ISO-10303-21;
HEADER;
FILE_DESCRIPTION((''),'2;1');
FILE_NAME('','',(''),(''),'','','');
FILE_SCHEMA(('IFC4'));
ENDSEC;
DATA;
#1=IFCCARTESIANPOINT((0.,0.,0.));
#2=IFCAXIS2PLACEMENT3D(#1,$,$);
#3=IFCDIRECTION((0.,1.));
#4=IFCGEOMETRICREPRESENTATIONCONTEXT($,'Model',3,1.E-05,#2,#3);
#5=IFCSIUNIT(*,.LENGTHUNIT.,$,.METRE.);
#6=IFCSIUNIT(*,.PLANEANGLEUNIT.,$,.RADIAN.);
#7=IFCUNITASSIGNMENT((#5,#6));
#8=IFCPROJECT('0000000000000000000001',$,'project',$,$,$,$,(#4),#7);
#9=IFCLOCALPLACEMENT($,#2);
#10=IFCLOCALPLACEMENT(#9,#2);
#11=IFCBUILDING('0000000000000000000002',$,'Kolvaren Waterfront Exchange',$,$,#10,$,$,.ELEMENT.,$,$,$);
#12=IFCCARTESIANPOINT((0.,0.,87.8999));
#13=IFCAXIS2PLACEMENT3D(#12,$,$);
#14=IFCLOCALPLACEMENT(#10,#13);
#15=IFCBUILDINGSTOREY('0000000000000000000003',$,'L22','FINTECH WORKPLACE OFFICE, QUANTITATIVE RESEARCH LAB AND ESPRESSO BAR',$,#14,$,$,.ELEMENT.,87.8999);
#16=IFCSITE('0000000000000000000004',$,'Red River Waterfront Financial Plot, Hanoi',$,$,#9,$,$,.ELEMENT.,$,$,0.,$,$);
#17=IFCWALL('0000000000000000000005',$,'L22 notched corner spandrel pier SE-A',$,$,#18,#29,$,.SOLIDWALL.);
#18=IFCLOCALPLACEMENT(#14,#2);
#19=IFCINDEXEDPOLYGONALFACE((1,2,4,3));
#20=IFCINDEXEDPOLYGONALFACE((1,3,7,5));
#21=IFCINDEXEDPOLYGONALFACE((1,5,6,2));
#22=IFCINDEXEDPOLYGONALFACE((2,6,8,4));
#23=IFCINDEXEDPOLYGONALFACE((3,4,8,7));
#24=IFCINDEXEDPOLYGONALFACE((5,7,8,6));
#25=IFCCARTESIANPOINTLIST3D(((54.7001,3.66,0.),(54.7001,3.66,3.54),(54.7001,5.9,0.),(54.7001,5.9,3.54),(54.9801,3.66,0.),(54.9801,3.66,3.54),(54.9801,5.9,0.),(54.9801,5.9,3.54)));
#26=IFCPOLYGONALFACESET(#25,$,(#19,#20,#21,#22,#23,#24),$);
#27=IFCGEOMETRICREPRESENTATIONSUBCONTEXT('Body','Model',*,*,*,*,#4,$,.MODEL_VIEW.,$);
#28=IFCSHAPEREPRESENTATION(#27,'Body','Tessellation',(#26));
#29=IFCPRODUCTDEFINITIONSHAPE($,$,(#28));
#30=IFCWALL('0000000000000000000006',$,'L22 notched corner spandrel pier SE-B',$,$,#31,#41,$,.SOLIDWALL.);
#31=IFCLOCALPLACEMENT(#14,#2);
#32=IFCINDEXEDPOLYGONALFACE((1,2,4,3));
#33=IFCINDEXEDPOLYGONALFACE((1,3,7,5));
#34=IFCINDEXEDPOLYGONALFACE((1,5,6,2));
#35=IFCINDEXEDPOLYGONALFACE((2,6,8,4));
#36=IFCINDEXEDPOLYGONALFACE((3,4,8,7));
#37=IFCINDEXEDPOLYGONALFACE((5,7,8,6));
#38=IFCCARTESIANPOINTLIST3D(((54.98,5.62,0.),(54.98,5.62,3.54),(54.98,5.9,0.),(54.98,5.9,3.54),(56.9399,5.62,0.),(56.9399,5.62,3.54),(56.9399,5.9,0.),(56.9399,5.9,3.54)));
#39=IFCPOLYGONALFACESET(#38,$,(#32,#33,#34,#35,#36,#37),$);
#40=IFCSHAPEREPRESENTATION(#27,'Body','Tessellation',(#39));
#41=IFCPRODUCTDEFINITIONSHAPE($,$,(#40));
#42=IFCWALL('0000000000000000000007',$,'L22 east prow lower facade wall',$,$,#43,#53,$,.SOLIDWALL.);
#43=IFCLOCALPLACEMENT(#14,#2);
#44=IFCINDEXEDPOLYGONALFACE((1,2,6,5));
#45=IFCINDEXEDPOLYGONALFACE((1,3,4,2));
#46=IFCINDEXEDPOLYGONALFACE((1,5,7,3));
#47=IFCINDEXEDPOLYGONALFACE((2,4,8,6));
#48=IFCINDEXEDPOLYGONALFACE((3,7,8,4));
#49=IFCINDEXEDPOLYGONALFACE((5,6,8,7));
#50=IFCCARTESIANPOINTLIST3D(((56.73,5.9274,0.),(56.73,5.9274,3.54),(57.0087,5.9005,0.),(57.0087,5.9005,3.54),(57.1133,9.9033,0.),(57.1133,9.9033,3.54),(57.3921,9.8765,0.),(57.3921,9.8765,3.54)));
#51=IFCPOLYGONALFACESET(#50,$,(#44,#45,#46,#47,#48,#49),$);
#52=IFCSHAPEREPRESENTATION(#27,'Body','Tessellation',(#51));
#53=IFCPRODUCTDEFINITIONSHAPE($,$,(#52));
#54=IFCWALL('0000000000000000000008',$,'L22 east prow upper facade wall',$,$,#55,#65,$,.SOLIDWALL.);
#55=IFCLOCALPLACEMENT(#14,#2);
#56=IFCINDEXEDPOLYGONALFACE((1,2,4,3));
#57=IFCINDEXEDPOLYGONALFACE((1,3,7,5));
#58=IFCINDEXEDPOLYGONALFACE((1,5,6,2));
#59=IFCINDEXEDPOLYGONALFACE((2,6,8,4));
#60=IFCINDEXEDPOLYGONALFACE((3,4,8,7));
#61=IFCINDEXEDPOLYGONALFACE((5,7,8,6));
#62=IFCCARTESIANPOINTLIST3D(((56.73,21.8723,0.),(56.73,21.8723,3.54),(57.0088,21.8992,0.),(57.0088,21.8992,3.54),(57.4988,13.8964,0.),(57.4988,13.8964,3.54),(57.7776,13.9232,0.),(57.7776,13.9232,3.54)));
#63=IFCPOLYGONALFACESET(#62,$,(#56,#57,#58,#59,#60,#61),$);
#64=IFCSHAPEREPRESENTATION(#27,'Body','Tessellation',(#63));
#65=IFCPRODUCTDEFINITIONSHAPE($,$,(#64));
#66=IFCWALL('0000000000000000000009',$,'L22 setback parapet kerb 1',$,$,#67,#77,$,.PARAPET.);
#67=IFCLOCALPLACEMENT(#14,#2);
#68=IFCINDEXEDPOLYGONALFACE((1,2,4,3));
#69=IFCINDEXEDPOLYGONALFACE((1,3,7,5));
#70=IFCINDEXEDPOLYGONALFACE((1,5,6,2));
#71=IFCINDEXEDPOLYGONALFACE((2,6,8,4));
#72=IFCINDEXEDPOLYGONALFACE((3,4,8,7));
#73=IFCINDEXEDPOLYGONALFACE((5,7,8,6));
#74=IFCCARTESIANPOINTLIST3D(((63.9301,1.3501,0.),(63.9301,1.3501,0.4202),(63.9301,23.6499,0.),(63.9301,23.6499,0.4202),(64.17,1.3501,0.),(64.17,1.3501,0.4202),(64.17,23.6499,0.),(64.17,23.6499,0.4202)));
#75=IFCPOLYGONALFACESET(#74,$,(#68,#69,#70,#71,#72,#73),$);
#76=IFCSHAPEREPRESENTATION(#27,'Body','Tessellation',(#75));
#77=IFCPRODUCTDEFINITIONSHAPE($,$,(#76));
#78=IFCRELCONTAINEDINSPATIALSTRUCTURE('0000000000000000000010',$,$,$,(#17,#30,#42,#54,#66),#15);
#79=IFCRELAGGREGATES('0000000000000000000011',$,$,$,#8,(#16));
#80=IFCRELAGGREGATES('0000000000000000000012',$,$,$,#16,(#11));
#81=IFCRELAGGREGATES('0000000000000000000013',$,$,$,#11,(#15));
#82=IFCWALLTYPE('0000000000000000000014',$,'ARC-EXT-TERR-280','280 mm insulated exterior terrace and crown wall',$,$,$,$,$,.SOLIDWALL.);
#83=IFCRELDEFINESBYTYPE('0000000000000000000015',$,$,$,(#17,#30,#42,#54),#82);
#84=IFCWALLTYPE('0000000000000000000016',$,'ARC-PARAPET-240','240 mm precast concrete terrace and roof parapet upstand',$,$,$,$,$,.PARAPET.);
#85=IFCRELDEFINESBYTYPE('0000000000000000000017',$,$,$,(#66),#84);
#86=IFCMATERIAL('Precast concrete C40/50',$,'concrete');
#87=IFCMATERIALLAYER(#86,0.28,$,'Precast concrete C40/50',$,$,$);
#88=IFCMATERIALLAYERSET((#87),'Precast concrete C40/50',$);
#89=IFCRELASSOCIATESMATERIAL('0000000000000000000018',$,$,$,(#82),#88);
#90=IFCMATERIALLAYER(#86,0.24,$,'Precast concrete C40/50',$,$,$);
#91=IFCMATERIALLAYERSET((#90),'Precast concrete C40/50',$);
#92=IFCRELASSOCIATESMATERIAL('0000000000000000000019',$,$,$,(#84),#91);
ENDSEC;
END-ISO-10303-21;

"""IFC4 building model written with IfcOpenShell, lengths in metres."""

from ifc_helpers import new_model, si_unit, direction, frame, frame_2d, origin, place, context, subcontext, project, spatial, rectangle, extrude, material, layer, layer_set, type_object, element, save


model = new_model("IFC4")

# Units and contexts
model_context = context("Model", 3, precision=1e-05, world=origin(), true_north=direction((0.0, 1.0)))
body_context = subcontext(model_context, "Body", "Model", "MODEL_VIEW")
ifc_project = project(units=[si_unit("LENGTHUNIT", "METRE"), si_unit("PLANEANGLEUNIT", "RADIAN")], contexts=[model_context])

# Site, building, storey
site_placement = place(None, origin())
site = spatial("IfcSite", under=ifc_project, at=site_placement, Name="Red River Waterfront Financial Plot, Hanoi", CompositionType="ELEMENT", RefElevation=0.0)
building_placement = place(site_placement, origin())
building = spatial("IfcBuilding", under=site, at=building_placement, Name="Kolvaren Waterfront Exchange", CompositionType="ELEMENT")
storey_placement = place(building_placement, frame((0.0, 0.0, 87.8999)))
storey = spatial("IfcBuildingStorey", under=building, at=storey_placement, Name="L22", Description="FINTECH WORKPLACE OFFICE, QUANTITATIVE RESEARCH LAB AND ESPRESSO BAR", CompositionType="ELEMENT", Elevation=87.8999)

# Shared definitions
ifc_material_1 = material(Name="Precast concrete C40/50", Category="concrete")
ifc_layer_1 = layer(ifc_material_1, 0.28, Name="Precast concrete C40/50")
ifc_layer_set_1 = layer_set([ifc_layer_1], Name="Precast concrete C40/50")
wall_type_1 = type_object("IfcWallType", Name="ARC-EXT-TERR-280", Description="280 mm insulated exterior terrace and crown wall", PredefinedType="SOLIDWALL", material=ifc_layer_set_1)

# Walls
wall_1_placement = place(storey_placement, frame((54.8401, 3.6599, 0.0), z_axis=(0.0, 0.0, 1.0), x_axis=(0.0, 1.0, 0.0)))
element("IfcWall", 1, at=wall_1_placement, inside=storey, type_object=wall_type_1, Name="L22 notched corner spandrel pier SE-A", PredefinedType="SOLIDWALL", context=body_context, shape_type="SweptSolid", body=[
    extrude(rectangle(XDim=2.24, YDim=0.28, at=frame_2d((1.1201, 0.0))), origin(), (0.0, 0.0, 1.0), 3.54),
])
wall_2_placement = place(storey_placement, frame((54.98, 5.76, 0.0), z_axis=(0.0, 0.0, 1.0), x_axis=(1.0, 0.0, 0.0)))
element("IfcWall", 2, at=wall_2_placement, inside=storey, type_object=wall_type_1, Name="L22 notched corner spandrel pier SE-B", PredefinedType="SOLIDWALL", context=body_context, shape_type="SweptSolid", body=[
    extrude(rectangle(XDim=1.96, YDim=0.28, at=frame_2d((0.98, 0.0))), origin(), (0.0, 0.0, 1.0), 3.54),
])
wall_3_placement = place(storey_placement, frame((56.8694, 5.9141, 0.0), z_axis=(0.0, 0.0, 1.0), x_axis=(0.095963, 0.995385, 0.0)))
element("IfcWall", 3, at=wall_3_placement, inside=storey, type_object=wall_type_1, Name="L22 east prow lower facade wall", PredefinedType="SOLIDWALL", context=body_context, shape_type="SweptSolid", body=[
    extrude(rectangle(XDim=3.9944, YDim=0.28, at=frame_2d((1.9971, 0.0))), origin(), (0.0, 0.0, 1.0), 3.54),
])
wall_4_placement = place(storey_placement, frame((57.6382, 13.9099, 0.0), z_axis=(0.0, 0.0, 1.0), x_axis=(-0.095943, 0.995387, 0.0)))
element("IfcWall", 4, at=wall_4_placement, inside=storey, type_object=wall_type_1, Name="L22 east prow upper facade wall", PredefinedType="SOLIDWALL", context=body_context, shape_type="SweptSolid", body=[
    extrude(rectangle(XDim=8.0129, YDim=0.28, at=frame_2d((4.0063, 0.0))), origin(), (0.0, 0.0, 1.0), 3.54),
])
ifc_layer_2 = layer(ifc_material_1, 0.24, Name="Precast concrete C40/50")
ifc_layer_set_2 = layer_set([ifc_layer_2], Name="Precast concrete C40/50")
wall_type_2 = type_object("IfcWallType", Name="ARC-PARAPET-240", Description="240 mm precast concrete terrace and roof parapet upstand", PredefinedType="PARAPET", material=ifc_layer_set_2)
wall_5_placement = place(storey_placement, frame((64.05, 1.3501, 0.0), z_axis=(0.0, 0.0, 1.0), x_axis=(0.0, 1.0, 0.0)))
element("IfcWall", 5, at=wall_5_placement, inside=storey, type_object=wall_type_2, Name="L22 setback parapet kerb 1", PredefinedType="PARAPET", context=body_context, shape_type="SweptSolid", body=[
    extrude(rectangle(XDim=22.2998, YDim=0.24, at=frame_2d((11.1499, 0.0))), origin(), (0.0, 0.0, 1.0), 0.4202),
])

save(model, "model.ifc")
